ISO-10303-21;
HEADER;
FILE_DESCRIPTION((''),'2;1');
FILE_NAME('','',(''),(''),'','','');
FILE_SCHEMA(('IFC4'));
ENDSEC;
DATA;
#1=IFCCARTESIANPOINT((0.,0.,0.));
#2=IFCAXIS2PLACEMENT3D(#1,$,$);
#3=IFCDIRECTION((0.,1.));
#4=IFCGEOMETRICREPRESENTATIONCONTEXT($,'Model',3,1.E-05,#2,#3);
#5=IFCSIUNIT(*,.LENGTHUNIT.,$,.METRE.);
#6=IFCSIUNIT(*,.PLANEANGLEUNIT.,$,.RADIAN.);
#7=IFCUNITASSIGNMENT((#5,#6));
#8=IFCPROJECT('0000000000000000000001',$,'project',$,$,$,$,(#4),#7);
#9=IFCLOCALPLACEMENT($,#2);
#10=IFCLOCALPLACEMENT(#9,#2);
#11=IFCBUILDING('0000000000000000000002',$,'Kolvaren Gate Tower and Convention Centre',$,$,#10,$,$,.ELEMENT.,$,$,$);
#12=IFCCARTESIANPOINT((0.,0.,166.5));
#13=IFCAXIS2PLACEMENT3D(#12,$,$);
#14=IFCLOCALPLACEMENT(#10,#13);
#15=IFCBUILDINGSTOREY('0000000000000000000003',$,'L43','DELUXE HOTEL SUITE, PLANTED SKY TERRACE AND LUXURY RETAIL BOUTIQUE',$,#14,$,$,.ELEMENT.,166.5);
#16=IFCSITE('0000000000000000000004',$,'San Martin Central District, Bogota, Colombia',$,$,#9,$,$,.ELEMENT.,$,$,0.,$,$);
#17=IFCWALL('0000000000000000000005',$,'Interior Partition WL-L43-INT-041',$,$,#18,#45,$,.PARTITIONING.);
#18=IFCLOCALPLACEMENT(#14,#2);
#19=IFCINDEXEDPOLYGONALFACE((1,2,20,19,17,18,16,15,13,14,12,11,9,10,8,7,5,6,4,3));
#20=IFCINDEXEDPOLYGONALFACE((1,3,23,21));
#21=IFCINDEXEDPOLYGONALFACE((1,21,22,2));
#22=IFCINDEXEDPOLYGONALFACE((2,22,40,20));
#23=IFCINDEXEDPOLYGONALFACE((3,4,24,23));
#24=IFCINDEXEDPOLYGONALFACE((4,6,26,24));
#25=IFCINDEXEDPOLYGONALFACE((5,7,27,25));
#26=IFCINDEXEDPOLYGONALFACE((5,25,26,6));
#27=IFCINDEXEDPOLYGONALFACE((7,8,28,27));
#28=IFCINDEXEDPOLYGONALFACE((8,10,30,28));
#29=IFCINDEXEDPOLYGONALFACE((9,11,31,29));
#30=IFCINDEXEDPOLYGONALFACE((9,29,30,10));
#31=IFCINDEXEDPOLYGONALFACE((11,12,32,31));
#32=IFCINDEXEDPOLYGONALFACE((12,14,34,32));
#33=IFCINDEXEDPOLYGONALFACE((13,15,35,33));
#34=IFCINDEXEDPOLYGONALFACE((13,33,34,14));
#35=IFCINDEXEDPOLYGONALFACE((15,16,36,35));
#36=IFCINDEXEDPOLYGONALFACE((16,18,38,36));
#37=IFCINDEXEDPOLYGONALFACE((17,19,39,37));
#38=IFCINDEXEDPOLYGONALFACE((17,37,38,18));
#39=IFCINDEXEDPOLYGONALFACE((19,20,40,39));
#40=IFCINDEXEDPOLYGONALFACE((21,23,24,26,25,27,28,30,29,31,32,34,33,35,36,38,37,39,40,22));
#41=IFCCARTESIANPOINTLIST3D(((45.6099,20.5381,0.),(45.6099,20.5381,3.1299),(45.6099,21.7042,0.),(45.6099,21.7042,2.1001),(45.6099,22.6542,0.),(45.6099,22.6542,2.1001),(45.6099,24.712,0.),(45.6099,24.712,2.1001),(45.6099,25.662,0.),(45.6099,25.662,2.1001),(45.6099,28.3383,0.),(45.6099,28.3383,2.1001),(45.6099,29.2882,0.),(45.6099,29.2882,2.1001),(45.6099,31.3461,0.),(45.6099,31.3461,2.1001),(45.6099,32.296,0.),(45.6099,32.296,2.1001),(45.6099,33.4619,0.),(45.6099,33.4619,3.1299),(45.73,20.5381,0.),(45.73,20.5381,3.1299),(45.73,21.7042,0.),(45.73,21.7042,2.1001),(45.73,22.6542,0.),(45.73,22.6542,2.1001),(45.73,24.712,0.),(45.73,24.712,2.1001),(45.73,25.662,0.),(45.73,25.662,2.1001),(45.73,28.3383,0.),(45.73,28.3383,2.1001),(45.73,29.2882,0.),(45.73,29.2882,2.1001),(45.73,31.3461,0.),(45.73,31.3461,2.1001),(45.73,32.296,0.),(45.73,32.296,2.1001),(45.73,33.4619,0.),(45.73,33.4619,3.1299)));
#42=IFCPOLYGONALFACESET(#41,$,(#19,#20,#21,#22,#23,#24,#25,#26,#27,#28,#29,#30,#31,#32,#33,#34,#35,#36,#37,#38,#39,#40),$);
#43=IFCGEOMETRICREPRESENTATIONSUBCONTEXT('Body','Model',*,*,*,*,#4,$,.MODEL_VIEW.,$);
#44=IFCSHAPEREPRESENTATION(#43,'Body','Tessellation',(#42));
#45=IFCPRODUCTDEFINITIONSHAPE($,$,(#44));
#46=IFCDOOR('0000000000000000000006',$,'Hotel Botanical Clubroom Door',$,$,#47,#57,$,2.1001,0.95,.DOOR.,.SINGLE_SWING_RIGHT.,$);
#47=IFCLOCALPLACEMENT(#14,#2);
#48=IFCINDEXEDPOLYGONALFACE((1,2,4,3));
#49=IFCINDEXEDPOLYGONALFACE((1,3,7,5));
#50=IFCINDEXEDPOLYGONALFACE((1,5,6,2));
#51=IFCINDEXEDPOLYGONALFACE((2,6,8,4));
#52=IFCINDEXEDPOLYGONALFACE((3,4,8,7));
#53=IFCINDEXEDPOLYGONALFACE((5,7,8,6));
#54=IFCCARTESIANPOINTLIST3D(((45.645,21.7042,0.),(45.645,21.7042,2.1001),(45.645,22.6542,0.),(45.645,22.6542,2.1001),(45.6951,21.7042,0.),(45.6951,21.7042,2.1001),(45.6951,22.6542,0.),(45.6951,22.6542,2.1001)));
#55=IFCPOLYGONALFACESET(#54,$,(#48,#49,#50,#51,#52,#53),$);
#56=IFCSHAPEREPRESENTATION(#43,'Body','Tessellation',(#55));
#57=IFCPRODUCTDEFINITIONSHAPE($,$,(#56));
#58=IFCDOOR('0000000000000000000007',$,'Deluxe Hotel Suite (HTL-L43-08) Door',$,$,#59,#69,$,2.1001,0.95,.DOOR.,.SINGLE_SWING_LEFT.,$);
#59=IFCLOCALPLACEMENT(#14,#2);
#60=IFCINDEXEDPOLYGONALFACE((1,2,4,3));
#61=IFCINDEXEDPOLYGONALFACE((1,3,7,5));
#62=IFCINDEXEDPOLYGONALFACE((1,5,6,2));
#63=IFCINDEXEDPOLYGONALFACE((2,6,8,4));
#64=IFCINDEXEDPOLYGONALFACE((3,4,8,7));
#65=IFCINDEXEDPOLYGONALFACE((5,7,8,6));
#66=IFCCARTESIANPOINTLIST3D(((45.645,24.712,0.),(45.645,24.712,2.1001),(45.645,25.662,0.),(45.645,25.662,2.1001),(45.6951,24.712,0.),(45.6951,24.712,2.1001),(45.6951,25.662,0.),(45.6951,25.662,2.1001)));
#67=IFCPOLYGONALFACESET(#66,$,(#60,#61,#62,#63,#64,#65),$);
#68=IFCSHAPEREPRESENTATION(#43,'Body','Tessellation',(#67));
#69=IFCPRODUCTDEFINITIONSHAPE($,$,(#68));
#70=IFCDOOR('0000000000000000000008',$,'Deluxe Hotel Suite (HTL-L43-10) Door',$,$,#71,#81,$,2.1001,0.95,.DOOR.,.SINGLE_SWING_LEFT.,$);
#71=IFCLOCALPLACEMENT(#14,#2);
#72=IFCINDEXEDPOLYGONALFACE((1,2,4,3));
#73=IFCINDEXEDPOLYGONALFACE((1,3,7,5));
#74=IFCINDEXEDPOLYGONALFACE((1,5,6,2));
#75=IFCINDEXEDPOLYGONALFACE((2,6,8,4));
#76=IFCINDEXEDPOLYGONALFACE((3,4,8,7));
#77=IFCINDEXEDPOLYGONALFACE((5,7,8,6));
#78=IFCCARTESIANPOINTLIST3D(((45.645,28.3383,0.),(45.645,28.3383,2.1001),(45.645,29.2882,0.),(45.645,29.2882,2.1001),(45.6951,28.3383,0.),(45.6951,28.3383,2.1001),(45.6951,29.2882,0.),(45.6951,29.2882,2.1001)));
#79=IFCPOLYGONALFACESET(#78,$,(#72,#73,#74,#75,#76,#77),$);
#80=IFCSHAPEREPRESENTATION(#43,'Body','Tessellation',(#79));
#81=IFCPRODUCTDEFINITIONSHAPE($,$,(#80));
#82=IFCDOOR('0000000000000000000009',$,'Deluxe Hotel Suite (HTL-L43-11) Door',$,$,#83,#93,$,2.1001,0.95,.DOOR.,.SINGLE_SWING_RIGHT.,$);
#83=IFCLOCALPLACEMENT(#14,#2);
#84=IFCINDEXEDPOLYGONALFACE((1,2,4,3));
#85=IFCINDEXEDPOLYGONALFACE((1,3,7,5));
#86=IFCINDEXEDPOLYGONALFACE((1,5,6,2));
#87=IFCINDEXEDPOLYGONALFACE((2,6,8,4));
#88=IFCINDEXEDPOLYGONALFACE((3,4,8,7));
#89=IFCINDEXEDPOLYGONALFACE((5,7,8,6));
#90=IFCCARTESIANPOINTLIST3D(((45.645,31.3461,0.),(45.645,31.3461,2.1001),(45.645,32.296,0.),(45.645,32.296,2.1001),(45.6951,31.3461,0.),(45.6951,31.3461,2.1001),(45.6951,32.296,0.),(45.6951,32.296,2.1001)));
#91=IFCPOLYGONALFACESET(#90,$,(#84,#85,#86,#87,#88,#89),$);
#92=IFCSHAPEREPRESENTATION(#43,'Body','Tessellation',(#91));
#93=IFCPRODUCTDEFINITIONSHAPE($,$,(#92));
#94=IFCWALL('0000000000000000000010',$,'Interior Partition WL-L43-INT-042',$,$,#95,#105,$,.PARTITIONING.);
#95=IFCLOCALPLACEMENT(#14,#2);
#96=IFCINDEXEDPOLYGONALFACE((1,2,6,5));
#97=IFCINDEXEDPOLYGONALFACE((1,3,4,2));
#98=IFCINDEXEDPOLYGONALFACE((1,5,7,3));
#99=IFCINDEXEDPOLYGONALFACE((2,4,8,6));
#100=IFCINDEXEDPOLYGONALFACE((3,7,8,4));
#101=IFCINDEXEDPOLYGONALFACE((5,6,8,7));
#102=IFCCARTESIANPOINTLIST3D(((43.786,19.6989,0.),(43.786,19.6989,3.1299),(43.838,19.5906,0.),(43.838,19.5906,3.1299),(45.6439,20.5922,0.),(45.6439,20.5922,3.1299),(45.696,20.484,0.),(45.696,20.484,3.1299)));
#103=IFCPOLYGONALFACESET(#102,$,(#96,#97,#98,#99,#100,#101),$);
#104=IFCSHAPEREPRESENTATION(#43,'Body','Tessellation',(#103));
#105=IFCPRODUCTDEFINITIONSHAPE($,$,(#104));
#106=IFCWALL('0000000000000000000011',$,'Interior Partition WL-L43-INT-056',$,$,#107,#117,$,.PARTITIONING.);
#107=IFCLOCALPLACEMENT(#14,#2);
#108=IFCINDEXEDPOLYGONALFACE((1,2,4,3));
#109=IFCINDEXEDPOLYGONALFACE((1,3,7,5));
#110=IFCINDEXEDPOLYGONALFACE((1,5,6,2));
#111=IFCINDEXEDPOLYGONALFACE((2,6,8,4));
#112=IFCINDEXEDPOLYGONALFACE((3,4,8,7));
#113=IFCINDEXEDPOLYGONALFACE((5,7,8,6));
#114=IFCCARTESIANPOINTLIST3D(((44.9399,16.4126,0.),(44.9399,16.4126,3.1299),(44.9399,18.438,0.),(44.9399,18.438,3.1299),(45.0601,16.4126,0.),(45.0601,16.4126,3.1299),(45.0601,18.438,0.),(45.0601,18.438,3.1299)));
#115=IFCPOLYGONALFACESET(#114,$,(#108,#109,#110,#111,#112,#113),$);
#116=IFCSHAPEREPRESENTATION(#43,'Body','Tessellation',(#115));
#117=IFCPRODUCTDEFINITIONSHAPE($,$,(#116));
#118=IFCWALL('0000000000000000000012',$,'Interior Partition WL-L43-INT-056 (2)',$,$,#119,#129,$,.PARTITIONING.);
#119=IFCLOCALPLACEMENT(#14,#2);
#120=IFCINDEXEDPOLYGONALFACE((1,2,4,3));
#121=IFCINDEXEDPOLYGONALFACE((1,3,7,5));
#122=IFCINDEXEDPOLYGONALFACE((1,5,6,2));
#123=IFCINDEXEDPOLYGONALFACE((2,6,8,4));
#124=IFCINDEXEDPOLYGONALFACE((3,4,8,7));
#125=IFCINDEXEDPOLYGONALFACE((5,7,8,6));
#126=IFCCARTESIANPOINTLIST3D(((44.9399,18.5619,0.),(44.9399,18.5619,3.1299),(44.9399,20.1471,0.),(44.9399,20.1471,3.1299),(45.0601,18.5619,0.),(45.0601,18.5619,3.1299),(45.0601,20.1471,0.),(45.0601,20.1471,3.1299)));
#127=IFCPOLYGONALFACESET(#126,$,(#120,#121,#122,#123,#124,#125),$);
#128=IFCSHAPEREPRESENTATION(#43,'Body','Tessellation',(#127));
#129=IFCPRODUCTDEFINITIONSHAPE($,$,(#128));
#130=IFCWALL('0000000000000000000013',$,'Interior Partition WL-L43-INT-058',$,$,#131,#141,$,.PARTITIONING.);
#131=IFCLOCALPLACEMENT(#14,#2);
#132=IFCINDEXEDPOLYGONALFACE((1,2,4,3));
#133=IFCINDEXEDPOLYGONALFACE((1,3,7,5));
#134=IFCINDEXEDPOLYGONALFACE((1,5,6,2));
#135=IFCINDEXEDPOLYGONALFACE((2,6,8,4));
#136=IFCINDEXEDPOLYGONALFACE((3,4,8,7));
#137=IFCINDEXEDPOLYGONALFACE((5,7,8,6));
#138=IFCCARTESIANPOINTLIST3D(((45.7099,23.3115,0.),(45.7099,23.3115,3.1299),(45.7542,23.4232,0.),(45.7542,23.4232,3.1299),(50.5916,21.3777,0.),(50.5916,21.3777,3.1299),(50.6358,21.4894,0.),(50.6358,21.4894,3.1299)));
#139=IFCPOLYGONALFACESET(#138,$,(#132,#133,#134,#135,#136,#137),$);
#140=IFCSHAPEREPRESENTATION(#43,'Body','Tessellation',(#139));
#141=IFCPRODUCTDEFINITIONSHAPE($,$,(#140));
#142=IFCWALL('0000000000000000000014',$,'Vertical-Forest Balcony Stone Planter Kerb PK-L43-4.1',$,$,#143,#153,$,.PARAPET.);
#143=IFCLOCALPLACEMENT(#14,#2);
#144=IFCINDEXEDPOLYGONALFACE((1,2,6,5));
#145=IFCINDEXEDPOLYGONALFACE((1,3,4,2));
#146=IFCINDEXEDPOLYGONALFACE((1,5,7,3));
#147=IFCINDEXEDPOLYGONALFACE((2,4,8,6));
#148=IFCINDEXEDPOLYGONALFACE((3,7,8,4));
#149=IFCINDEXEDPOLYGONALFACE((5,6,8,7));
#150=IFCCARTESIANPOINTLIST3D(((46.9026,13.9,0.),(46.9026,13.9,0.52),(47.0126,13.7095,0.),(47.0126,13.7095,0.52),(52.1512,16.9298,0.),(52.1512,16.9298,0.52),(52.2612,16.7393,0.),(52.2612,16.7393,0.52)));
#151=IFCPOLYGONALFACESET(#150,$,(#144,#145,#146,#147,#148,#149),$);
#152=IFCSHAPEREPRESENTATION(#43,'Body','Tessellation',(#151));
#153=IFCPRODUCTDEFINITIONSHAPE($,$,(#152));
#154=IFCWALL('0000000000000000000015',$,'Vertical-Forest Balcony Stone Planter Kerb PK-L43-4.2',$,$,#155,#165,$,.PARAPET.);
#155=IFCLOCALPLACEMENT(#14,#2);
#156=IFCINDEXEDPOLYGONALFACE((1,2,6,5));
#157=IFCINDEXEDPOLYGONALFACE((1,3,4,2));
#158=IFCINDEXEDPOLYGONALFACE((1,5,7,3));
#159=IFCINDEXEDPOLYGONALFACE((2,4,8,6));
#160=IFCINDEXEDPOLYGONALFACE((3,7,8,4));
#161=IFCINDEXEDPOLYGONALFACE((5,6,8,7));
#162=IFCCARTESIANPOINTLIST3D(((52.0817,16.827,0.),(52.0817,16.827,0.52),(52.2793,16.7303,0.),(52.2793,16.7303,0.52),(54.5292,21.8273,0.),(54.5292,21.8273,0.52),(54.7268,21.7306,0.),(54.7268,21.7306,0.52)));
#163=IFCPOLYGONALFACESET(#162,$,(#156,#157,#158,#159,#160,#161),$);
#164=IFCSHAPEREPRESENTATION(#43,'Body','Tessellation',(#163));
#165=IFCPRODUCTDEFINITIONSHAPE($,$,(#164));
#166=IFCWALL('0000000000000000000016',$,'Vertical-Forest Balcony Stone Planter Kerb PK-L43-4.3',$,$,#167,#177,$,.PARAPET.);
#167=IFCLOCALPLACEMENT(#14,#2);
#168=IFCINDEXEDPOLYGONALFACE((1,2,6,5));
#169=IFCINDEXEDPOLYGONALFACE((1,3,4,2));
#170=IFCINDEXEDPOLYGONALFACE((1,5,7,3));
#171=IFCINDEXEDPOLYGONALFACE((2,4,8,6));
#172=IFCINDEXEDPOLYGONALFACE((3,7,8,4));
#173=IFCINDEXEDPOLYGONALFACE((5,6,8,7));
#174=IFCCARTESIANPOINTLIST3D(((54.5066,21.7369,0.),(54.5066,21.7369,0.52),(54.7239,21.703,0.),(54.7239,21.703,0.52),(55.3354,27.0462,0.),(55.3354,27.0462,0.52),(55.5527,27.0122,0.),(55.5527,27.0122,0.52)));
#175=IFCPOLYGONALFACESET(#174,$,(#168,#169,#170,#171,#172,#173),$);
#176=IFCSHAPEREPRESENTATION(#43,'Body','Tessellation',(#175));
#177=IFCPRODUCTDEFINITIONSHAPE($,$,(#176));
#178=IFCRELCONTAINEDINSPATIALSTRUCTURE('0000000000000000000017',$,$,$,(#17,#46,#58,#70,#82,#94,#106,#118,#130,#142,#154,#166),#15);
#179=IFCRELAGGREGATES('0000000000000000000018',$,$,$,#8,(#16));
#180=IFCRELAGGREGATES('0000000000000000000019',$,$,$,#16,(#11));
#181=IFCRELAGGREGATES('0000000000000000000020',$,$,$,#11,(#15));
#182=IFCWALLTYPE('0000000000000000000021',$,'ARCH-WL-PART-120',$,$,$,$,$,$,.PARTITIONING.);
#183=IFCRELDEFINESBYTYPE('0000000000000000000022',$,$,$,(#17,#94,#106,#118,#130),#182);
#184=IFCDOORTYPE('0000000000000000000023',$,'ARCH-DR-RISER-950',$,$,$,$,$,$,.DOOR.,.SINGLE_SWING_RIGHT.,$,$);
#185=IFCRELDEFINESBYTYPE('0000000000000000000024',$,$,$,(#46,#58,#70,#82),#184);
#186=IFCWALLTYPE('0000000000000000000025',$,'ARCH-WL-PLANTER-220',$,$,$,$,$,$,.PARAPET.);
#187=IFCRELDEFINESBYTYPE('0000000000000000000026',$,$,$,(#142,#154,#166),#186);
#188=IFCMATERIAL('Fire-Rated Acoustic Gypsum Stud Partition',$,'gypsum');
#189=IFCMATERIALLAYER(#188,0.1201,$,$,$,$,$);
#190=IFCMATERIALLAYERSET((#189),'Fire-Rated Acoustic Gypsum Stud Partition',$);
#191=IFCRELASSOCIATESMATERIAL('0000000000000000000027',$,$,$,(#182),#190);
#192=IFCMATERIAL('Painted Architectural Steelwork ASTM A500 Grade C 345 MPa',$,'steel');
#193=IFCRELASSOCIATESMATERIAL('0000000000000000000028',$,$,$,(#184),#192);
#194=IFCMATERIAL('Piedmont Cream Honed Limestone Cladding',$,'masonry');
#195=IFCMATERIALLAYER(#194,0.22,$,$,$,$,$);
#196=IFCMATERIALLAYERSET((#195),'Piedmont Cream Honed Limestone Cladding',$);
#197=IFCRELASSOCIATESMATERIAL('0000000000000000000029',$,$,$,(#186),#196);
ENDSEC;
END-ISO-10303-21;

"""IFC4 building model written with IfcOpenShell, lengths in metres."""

from ifc_helpers import new_model, si_unit, direction, frame, frame_2d, origin, place, context, subcontext, project, spatial, rectangle, extrude, material, layer, layer_set, type_object, element, fill, save


model = new_model("IFC4")

# Units and contexts
model_context = context("Model", 3, precision=1e-05, world=origin(), true_north=direction((0.0, 1.0)))
body_context = subcontext(model_context, "Body", "Model", "MODEL_VIEW")
ifc_project = project(units=[si_unit("LENGTHUNIT", "METRE"), si_unit("PLANEANGLEUNIT", "RADIAN")], contexts=[model_context])

# Site, building, storey
site_placement = place(None, origin())
site = spatial("IfcSite", under=ifc_project, at=site_placement, Name="San Martin Central District, Bogota, Colombia", CompositionType="ELEMENT", RefElevation=0.0)
building_placement = place(site_placement, origin())
building = spatial("IfcBuilding", under=site, at=building_placement, Name="Kolvaren Gate Tower and Convention Centre", CompositionType="ELEMENT")
storey_placement = place(building_placement, frame((0.0, 0.0, 166.5)))
storey = spatial("IfcBuildingStorey", under=building, at=storey_placement, Name="L43", Description="DELUXE HOTEL SUITE, PLANTED SKY TERRACE AND LUXURY RETAIL BOUTIQUE", CompositionType="ELEMENT", Elevation=166.5)

# Shared definitions
ifc_material_1 = material(Name="Fire-Rated Acoustic Gypsum Stud Partition", Category="gypsum")
ifc_layer_1 = layer(ifc_material_1, 0.1201)
ifc_layer_set_1 = layer_set([ifc_layer_1], Name="Fire-Rated Acoustic Gypsum Stud Partition")
wall_type_1 = type_object("IfcWallType", Name="ARCH-WL-PART-120", PredefinedType="PARTITIONING", material=ifc_layer_set_1)

# Wall, openings, doors
wall_1_placement = place(storey_placement, frame((45.6699, 20.5381, 0.0), z_axis=(0.0, 0.0, 1.0), x_axis=(0.0, 1.0, 0.0)))
wall_1 = element("IfcWall", 1, at=wall_1_placement, inside=storey, type_object=wall_type_1, Name="Interior Partition WL-L43-INT-041", PredefinedType="PARTITIONING", context=body_context, shape_type="SweptSolid", body=[
    extrude(rectangle(XDim=12.9238, YDim=0.1201, at=frame_2d((6.4619, 0.0))), origin(), (0.0, 0.0, 1.0), 3.1299),
])
opening_1_placement = place(wall_1_placement, frame((1.166, 0.0, 0.0)))
opening_1 = element("IfcOpeningElement", 2, at=opening_1_placement, cuts=wall_1, PredefinedType="OPENING", context=body_context, shape_type="SweptSolid", body=[
    extrude(rectangle(XDim=0.95, YDim=2.1001, at=frame_2d((0.4751, 1.05))), frame((0.0, 0.0701, 0.0), z_axis=(0.0, -1.0, 0.0), x_axis=(1.0, 0.0, 0.0)), (0.0, 0.0, 1.0), 0.1401),
])
opening_2_placement = place(wall_1_placement, frame((4.1738, 0.0, 0.0)))
opening_2 = element("IfcOpeningElement", 3, at=opening_2_placement, cuts=wall_1, PredefinedType="OPENING", context=body_context, shape_type="SweptSolid", body=[
    extrude(rectangle(XDim=0.95, YDim=2.1001, at=frame_2d((0.4751, 1.05))), frame((0.0, 0.0701, 0.0), z_axis=(0.0, -1.0, 0.0), x_axis=(1.0, 0.0, 0.0)), (0.0, 0.0, 1.0), 0.1401),
])
opening_3_placement = place(wall_1_placement, frame((7.8, 0.0, 0.0)))
opening_3 = element("IfcOpeningElement", 4, at=opening_3_placement, cuts=wall_1, PredefinedType="OPENING", context=body_context, shape_type="SweptSolid", body=[
    extrude(rectangle(XDim=0.95, YDim=2.1001, at=frame_2d((0.4751, 1.05))), frame((0.0, 0.0701, 0.0), z_axis=(0.0, -1.0, 0.0), x_axis=(1.0, 0.0, 0.0)), (0.0, 0.0, 1.0), 0.1401),
])
opening_4_placement = place(wall_1_placement, frame((10.8079, 0.0, 0.0)))
opening_4 = element("IfcOpeningElement", 5, at=opening_4_placement, cuts=wall_1, PredefinedType="OPENING", context=body_context, shape_type="SweptSolid", body=[
    extrude(rectangle(XDim=0.95, YDim=2.1001, at=frame_2d((0.4751, 1.05))), frame((0.0, 0.0701, 0.0), z_axis=(0.0, -1.0, 0.0), x_axis=(1.0, 0.0, 0.0)), (0.0, 0.0, 1.0), 0.1401),
])
ifc_material_2 = material(Name="Painted Architectural Steelwork ASTM A500 Grade C 345 MPa", Category="steel")
door_type_1 = type_object("IfcDoorType", Name="ARCH-DR-RISER-950", OperationType="SINGLE_SWING_RIGHT", PredefinedType="DOOR", material=ifc_material_2)
door_1_placement = place(opening_1_placement, origin())
door_1 = element("IfcDoor", 6, at=door_1_placement, inside=storey, type_object=door_type_1, Name="Hotel Botanical Clubroom Door", OperationType="SINGLE_SWING_RIGHT", OverallHeight=2.1001, OverallWidth=0.95, PredefinedType="DOOR", context=body_context, shape_type="SweptSolid", body=[
    extrude(rectangle(XDim=0.95, YDim=2.1001, at=frame_2d((0.4751, 1.05))), frame((0.0, 0.0249, 0.0), z_axis=(0.0, -1.0, 0.0), x_axis=(1.0, 0.0, 0.0)), (0.0, 0.0, 1.0), 0.05),
])
fill(opening_1, door_1)
door_2_placement = place(opening_2_placement, origin())
door_2 = element("IfcDoor", 7, at=door_2_placement, inside=storey, type_object=door_type_1, Name="Deluxe Hotel Suite (HTL-L43-08) Door", OperationType="SINGLE_SWING_LEFT", OverallHeight=2.1001, OverallWidth=0.95, PredefinedType="DOOR", context=body_context, shape_type="SweptSolid", body=[
    extrude(rectangle(XDim=0.95, YDim=2.1001, at=frame_2d((0.4751, 1.05))), frame((0.0, 0.0249, 0.0), z_axis=(0.0, -1.0, 0.0), x_axis=(1.0, 0.0, 0.0)), (0.0, 0.0, 1.0), 0.05),
])
fill(opening_2, door_2)
door_3_placement = place(opening_3_placement, origin())
door_3 = element("IfcDoor", 8, at=door_3_placement, inside=storey, type_object=door_type_1, Name="Deluxe Hotel Suite (HTL-L43-10) Door", OperationType="SINGLE_SWING_LEFT", OverallHeight=2.1001, OverallWidth=0.95, PredefinedType="DOOR", context=body_context, shape_type="SweptSolid", body=[
    extrude(rectangle(XDim=0.95, YDim=2.1001, at=frame_2d((0.4751, 1.05))), frame((0.0, 0.0249, 0.0), z_axis=(0.0, -1.0, 0.0), x_axis=(1.0, 0.0, 0.0)), (0.0, 0.0, 1.0), 0.05),
])
fill(opening_3, door_3)
door_4_placement = place(opening_4_placement, origin())
door_4 = element("IfcDoor", 9, at=door_4_placement, inside=storey, type_object=door_type_1, Name="Deluxe Hotel Suite (HTL-L43-11) Door", OperationType="SINGLE_SWING_RIGHT", OverallHeight=2.1001, OverallWidth=0.95, PredefinedType="DOOR", context=body_context, shape_type="SweptSolid", body=[
    extrude(rectangle(XDim=0.95, YDim=2.1001, at=frame_2d((0.4751, 1.05))), frame((0.0, 0.0249, 0.0), z_axis=(0.0, -1.0, 0.0), x_axis=(1.0, 0.0, 0.0)), (0.0, 0.0, 1.0), 0.05),
])
fill(opening_4, door_4)

# Walls
wall_2_placement = place(storey_placement, frame((43.812, 19.6448, 0.0), z_axis=(0.0, 0.0, 1.0), x_axis=(0.901236, 0.433328, 0.0)))
element("IfcWall", 10, at=wall_2_placement, inside=storey, type_object=wall_type_1, Name="Interior Partition WL-L43-INT-042", PredefinedType="PARTITIONING", context=body_context, shape_type="SweptSolid", body=[
    extrude(rectangle(XDim=2.0615, YDim=0.1201, at=frame_2d((1.0308, 0.0))), origin(), (0.0, 0.0, 1.0), 3.1299),
])
wall_3_placement = place(storey_placement, frame((45.0, 16.4126, 0.0), z_axis=(0.0, 0.0, 1.0), x_axis=(0.0, 1.0, 0.0)))
element("IfcWall", 11, at=wall_3_placement, inside=storey, type_object=wall_type_1, Name="Interior Partition WL-L43-INT-056", PredefinedType="PARTITIONING", context=body_context, shape_type="SweptSolid", body=[
    extrude(rectangle(XDim=2.0254, YDim=0.1201, at=frame_2d((1.0127, 0.0))), origin(), (0.0, 0.0, 1.0), 3.1299),
])
wall_4_placement = place(storey_placement, frame((45.0, 18.562, 0.0), z_axis=(0.0, 0.0, 1.0), x_axis=(0.0, 1.0, 0.0)))
element("IfcWall", 12, at=wall_4_placement, inside=storey, type_object=wall_type_1, Name="Interior Partition WL-L43-INT-056 (2)", PredefinedType="PARTITIONING", context=body_context, shape_type="SweptSolid", body=[
    extrude(rectangle(XDim=1.5852, YDim=0.1201, at=frame_2d((0.7925, 0.0))), origin(), (0.0, 0.0, 1.0), 3.1299),
])
wall_5_placement = place(storey_placement, frame((45.7319, 23.3674, 0.0), z_axis=(0.0, 0.0, 1.0), x_axis=(0.929706, -0.368302, 0.0)))
element("IfcWall", 13, at=wall_5_placement, inside=storey, type_object=wall_type_1, Name="Interior Partition WL-L43-INT-058", PredefinedType="PARTITIONING", context=body_context, shape_type="SweptSolid", body=[
    extrude(rectangle(XDim=5.2507, YDim=0.1201, at=frame_2d((2.6255, 0.0))), origin(), (0.0, 0.0, 1.0), 3.1299),
])
ifc_material_3 = material(Name="Piedmont Cream Honed Limestone Cladding", Category="masonry")
ifc_layer_2 = layer(ifc_material_3, 0.22)
ifc_layer_set_2 = layer_set([ifc_layer_2], Name="Piedmont Cream Honed Limestone Cladding")
wall_type_2 = type_object("IfcWallType", Name="ARCH-WL-PLANTER-220", PredefinedType="PARAPET", material=ifc_layer_set_2)
wall_6_placement = place(storey_placement, frame((46.9575, 13.8047, 0.0), z_axis=(0.0, 0.0, 1.0), x_axis=(0.866058, 0.499943, 0.0)))
element("IfcWall", 14, at=wall_6_placement, inside=storey, type_object=wall_type_2, Name="Vertical-Forest Balcony Stone Planter Kerb PK-L43-4.1", PredefinedType="PARAPET", context=body_context, shape_type="SweptSolid", body=[
    extrude(rectangle(XDim=6.0603, YDim=0.22, at=frame_2d((3.0303, 0.0))), origin(), (0.0, 0.0, 1.0), 0.52),
])
wall_7_placement = place(storey_placement, frame((52.1804, 16.7786, 0.0), z_axis=(0.0, 0.0, 1.0), x_axis=(0.439637, 0.898175, 0.0)))
element("IfcWall", 15, at=wall_7_placement, inside=storey, type_object=wall_type_2, Name="Vertical-Forest Balcony Stone Planter Kerb PK-L43-4.2", PredefinedType="PARAPET", context=body_context, shape_type="SweptSolid", body=[
    extrude(rectangle(XDim=5.5671, YDim=0.22, at=frame_2d((2.7837, 0.0))), origin(), (0.0, 0.0, 1.0), 0.52),
])
wall_8_placement = place(storey_placement, frame((54.6152, 21.72, 0.0), z_axis=(0.0, 0.0, 1.0), x_axis=(0.154245, 0.988033, 0.0)))
element("IfcWall", 16, at=wall_8_placement, inside=storey, type_object=wall_type_2, Name="Vertical-Forest Balcony Stone Planter Kerb PK-L43-4.3", PredefinedType="PARAPET", context=body_context, shape_type="SweptSolid", body=[
    extrude(rectangle(XDim=5.3735, YDim=0.22, at=frame_2d((2.6868, 0.0))), origin(), (0.0, 0.0, 1.0), 0.52),
])

save(model, "model.ifc")
